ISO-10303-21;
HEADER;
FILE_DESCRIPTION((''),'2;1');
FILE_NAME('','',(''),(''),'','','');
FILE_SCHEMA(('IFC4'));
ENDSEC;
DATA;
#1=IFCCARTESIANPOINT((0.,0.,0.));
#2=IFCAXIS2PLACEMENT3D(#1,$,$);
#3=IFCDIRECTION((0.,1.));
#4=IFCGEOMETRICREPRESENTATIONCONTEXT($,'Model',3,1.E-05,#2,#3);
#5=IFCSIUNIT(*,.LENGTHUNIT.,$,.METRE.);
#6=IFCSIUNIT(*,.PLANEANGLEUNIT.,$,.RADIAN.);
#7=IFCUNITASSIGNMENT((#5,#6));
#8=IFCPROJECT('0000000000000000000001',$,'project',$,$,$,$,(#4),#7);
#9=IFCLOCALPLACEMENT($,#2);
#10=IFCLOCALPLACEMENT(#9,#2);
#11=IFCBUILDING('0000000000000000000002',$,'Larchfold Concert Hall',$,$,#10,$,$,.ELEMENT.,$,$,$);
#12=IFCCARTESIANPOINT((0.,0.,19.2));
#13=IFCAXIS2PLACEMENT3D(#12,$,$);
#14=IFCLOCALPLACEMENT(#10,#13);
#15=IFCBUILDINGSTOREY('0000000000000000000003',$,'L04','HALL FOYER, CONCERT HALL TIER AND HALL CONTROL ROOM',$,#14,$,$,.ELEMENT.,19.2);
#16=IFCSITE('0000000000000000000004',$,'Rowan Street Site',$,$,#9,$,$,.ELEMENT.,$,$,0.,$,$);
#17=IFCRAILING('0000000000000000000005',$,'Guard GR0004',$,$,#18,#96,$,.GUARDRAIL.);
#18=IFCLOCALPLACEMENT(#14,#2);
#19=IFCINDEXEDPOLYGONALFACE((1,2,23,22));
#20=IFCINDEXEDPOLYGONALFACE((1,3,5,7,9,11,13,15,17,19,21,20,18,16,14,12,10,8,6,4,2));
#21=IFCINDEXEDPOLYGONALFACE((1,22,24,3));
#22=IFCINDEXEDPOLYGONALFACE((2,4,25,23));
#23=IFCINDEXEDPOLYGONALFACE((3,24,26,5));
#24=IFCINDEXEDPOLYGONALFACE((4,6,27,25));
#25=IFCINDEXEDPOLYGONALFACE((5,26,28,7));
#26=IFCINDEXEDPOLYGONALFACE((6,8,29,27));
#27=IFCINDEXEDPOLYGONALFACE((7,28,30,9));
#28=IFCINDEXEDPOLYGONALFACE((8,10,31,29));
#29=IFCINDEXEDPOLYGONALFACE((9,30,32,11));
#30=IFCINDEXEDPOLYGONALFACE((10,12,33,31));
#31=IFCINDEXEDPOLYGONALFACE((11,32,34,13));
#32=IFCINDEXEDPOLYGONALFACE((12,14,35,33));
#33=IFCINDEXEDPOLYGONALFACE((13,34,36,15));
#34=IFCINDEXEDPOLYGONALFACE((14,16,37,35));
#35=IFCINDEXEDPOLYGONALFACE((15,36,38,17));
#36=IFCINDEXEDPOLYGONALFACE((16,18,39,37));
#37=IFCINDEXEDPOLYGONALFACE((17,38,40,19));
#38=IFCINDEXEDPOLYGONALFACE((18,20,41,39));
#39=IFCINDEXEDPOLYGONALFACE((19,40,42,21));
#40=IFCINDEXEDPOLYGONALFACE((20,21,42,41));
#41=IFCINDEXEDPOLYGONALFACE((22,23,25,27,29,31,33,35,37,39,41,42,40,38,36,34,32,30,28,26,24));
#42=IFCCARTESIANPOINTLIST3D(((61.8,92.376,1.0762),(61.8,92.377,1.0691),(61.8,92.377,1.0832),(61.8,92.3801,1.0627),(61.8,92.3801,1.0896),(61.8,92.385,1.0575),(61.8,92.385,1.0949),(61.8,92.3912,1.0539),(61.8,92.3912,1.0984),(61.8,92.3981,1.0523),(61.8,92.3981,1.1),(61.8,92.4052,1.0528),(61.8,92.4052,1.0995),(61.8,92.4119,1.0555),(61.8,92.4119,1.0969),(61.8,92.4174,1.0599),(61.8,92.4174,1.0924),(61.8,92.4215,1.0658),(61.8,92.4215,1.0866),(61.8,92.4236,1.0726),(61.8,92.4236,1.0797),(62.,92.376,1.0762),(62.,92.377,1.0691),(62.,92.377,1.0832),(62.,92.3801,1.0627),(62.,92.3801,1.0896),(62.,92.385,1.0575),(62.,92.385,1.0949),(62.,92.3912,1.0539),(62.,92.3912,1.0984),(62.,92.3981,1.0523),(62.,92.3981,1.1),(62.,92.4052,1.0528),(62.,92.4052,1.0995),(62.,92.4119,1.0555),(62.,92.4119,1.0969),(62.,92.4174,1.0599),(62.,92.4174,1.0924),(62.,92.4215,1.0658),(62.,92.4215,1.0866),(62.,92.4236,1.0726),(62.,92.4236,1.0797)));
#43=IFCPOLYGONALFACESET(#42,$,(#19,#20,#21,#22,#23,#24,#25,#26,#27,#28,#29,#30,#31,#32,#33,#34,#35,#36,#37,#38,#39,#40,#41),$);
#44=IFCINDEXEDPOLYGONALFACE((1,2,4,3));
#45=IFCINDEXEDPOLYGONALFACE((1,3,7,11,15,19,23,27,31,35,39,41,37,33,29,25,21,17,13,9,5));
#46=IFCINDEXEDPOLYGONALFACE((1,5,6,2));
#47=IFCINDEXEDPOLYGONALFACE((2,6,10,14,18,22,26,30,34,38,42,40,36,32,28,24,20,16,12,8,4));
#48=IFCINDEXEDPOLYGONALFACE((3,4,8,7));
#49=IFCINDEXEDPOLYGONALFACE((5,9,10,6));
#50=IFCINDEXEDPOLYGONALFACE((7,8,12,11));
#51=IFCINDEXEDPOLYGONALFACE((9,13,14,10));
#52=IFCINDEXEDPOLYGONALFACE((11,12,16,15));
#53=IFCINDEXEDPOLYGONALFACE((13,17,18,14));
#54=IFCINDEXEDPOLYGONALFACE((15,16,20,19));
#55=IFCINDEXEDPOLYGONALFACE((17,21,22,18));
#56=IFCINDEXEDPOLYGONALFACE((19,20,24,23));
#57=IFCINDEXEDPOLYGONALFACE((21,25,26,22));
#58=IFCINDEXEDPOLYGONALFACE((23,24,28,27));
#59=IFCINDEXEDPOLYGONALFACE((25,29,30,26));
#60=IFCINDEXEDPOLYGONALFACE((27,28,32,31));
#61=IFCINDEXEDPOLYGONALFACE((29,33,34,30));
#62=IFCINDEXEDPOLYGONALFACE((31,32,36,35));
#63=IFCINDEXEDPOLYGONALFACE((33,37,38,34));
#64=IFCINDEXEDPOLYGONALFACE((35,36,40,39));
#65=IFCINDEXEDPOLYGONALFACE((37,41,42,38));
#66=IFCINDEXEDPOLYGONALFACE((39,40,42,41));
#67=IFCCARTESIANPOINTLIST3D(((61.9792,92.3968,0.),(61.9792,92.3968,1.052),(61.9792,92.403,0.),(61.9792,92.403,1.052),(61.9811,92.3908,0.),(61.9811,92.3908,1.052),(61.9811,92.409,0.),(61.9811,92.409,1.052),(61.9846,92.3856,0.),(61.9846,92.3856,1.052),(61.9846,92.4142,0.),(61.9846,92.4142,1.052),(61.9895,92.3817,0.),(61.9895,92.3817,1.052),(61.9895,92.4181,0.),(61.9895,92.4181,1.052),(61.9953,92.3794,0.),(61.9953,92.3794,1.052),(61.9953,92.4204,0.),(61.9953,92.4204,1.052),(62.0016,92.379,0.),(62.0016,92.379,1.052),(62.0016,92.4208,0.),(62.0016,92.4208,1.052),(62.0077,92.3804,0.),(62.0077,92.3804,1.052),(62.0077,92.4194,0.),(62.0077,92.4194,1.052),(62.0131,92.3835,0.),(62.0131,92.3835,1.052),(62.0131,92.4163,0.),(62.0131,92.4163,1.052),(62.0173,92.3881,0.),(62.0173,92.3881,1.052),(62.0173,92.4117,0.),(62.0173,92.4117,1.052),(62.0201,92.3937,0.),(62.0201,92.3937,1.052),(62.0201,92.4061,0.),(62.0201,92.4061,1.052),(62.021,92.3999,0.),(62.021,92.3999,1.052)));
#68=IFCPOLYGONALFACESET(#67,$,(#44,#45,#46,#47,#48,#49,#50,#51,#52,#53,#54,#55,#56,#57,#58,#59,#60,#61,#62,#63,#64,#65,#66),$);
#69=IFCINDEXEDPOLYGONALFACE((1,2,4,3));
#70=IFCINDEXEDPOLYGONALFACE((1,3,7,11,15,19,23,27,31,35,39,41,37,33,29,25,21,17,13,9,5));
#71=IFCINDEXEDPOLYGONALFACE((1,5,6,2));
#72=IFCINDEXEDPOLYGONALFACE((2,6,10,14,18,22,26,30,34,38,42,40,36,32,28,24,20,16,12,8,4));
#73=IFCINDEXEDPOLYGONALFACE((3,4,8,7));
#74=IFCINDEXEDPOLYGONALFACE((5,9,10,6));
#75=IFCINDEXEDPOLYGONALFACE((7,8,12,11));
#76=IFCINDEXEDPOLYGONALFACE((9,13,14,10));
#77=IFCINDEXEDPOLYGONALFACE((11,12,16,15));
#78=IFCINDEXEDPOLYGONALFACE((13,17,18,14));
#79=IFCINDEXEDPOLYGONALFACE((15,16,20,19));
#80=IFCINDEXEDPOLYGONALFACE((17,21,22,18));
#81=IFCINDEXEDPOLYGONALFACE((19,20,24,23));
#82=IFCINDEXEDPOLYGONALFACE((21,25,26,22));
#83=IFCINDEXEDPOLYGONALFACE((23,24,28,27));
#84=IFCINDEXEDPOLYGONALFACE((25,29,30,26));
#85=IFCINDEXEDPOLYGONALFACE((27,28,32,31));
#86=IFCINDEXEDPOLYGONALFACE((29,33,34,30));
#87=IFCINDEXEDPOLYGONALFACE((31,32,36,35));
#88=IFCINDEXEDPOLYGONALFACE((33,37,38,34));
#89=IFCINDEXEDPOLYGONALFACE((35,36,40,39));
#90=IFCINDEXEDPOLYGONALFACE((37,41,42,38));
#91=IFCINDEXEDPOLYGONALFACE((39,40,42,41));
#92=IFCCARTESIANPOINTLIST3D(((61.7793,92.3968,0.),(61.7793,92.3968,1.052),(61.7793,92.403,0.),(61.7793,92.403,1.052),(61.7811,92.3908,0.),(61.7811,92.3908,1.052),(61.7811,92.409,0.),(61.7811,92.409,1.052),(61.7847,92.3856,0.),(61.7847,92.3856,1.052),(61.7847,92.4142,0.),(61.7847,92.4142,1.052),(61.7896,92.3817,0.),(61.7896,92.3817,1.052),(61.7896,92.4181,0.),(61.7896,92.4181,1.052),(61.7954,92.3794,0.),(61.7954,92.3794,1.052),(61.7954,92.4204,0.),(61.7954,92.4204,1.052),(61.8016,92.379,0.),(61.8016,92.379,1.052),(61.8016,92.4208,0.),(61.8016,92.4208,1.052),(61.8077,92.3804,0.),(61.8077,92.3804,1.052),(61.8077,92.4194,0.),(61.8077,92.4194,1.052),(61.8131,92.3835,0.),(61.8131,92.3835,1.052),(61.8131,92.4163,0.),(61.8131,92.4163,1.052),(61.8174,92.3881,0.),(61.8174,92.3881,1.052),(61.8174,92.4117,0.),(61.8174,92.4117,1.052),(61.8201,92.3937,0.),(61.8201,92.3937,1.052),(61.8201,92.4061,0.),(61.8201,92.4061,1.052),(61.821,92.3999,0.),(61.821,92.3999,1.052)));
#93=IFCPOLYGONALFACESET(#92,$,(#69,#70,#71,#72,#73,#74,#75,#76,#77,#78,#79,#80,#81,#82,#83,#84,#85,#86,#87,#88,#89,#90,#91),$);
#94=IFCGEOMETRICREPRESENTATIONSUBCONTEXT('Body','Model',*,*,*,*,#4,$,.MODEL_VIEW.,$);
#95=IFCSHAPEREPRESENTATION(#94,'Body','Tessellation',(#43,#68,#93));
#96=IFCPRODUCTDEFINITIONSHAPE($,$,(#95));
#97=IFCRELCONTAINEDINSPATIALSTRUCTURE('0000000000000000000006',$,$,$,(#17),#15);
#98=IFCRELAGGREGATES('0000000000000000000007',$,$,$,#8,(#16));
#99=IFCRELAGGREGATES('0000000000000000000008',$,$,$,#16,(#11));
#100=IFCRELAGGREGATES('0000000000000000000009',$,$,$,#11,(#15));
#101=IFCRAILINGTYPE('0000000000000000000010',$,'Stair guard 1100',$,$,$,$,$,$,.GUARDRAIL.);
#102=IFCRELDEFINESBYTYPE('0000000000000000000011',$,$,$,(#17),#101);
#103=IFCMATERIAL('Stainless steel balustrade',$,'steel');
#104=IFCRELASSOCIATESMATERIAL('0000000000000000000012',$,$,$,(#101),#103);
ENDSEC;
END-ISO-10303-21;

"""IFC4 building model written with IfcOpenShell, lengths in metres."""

from ifc_helpers import new_model, si_unit, direction, frame, origin, origin_2d, place, context, subcontext, project, spatial, circle, extrude, material, type_object, element, save


model = new_model("IFC4")

# Units and contexts
model_context = context("Model", 3, precision=1e-05, world=origin(), true_north=direction((0.0, 1.0)))
body_context = subcontext(model_context, "Body", "Model", "MODEL_VIEW")
ifc_project = project(units=[si_unit("LENGTHUNIT", "METRE"), si_unit("PLANEANGLEUNIT", "RADIAN")], contexts=[model_context])

# Site, building, storey
site_placement = place(None, origin())
site = spatial("IfcSite", under=ifc_project, at=site_placement, Name="Rowan Street Site", CompositionType="ELEMENT", RefElevation=0.0)
building_placement = place(site_placement, origin())
building = spatial("IfcBuilding", under=site, at=building_placement, Name="Larchfold Concert Hall", CompositionType="ELEMENT")
storey_placement = place(building_placement, frame((0.0, 0.0, 19.2)))
storey = spatial("IfcBuildingStorey", under=building, at=storey_placement, Name="L04", Description="HALL FOYER, CONCERT HALL TIER AND HALL CONTROL ROOM", CompositionType="ELEMENT", Elevation=19.2)

# Railing
ifc_material_1 = material(Name="Stainless steel balustrade", Category="steel")
railing_type_1 = type_object("IfcRailingType", Name="Stair guard 1100", PredefinedType="GUARDRAIL", material=ifc_material_1)
railing_1_placement = place(storey_placement, frame((62.0, 92.3999, 0.0)))
element("IfcRailing", 1, at=railing_1_placement, inside=storey, type_object=railing_type_1, Name="Guard GR0004", PredefinedType="GUARDRAIL", context=body_context, shape_type="SweptSolid", body=[
    extrude(circle(Radius=0.0239, at=origin_2d()), frame((0.0, 0.0, 1.0762), z_axis=(-1.0, 0.0, 0.0), x_axis=(0.0, -1.0, 0.0)), (0.0, 0.0, 1.0), 0.2),
    extrude(circle(Radius=0.021, at=origin_2d()), origin(), (0.0, 0.0, 1.0), 1.052),
    extrude(circle(Radius=0.021, at=origin_2d()), frame((-0.2, 0.0, 0.0)), (0.0, 0.0, 1.0), 1.052),
])

save(model, "model.ifc")
